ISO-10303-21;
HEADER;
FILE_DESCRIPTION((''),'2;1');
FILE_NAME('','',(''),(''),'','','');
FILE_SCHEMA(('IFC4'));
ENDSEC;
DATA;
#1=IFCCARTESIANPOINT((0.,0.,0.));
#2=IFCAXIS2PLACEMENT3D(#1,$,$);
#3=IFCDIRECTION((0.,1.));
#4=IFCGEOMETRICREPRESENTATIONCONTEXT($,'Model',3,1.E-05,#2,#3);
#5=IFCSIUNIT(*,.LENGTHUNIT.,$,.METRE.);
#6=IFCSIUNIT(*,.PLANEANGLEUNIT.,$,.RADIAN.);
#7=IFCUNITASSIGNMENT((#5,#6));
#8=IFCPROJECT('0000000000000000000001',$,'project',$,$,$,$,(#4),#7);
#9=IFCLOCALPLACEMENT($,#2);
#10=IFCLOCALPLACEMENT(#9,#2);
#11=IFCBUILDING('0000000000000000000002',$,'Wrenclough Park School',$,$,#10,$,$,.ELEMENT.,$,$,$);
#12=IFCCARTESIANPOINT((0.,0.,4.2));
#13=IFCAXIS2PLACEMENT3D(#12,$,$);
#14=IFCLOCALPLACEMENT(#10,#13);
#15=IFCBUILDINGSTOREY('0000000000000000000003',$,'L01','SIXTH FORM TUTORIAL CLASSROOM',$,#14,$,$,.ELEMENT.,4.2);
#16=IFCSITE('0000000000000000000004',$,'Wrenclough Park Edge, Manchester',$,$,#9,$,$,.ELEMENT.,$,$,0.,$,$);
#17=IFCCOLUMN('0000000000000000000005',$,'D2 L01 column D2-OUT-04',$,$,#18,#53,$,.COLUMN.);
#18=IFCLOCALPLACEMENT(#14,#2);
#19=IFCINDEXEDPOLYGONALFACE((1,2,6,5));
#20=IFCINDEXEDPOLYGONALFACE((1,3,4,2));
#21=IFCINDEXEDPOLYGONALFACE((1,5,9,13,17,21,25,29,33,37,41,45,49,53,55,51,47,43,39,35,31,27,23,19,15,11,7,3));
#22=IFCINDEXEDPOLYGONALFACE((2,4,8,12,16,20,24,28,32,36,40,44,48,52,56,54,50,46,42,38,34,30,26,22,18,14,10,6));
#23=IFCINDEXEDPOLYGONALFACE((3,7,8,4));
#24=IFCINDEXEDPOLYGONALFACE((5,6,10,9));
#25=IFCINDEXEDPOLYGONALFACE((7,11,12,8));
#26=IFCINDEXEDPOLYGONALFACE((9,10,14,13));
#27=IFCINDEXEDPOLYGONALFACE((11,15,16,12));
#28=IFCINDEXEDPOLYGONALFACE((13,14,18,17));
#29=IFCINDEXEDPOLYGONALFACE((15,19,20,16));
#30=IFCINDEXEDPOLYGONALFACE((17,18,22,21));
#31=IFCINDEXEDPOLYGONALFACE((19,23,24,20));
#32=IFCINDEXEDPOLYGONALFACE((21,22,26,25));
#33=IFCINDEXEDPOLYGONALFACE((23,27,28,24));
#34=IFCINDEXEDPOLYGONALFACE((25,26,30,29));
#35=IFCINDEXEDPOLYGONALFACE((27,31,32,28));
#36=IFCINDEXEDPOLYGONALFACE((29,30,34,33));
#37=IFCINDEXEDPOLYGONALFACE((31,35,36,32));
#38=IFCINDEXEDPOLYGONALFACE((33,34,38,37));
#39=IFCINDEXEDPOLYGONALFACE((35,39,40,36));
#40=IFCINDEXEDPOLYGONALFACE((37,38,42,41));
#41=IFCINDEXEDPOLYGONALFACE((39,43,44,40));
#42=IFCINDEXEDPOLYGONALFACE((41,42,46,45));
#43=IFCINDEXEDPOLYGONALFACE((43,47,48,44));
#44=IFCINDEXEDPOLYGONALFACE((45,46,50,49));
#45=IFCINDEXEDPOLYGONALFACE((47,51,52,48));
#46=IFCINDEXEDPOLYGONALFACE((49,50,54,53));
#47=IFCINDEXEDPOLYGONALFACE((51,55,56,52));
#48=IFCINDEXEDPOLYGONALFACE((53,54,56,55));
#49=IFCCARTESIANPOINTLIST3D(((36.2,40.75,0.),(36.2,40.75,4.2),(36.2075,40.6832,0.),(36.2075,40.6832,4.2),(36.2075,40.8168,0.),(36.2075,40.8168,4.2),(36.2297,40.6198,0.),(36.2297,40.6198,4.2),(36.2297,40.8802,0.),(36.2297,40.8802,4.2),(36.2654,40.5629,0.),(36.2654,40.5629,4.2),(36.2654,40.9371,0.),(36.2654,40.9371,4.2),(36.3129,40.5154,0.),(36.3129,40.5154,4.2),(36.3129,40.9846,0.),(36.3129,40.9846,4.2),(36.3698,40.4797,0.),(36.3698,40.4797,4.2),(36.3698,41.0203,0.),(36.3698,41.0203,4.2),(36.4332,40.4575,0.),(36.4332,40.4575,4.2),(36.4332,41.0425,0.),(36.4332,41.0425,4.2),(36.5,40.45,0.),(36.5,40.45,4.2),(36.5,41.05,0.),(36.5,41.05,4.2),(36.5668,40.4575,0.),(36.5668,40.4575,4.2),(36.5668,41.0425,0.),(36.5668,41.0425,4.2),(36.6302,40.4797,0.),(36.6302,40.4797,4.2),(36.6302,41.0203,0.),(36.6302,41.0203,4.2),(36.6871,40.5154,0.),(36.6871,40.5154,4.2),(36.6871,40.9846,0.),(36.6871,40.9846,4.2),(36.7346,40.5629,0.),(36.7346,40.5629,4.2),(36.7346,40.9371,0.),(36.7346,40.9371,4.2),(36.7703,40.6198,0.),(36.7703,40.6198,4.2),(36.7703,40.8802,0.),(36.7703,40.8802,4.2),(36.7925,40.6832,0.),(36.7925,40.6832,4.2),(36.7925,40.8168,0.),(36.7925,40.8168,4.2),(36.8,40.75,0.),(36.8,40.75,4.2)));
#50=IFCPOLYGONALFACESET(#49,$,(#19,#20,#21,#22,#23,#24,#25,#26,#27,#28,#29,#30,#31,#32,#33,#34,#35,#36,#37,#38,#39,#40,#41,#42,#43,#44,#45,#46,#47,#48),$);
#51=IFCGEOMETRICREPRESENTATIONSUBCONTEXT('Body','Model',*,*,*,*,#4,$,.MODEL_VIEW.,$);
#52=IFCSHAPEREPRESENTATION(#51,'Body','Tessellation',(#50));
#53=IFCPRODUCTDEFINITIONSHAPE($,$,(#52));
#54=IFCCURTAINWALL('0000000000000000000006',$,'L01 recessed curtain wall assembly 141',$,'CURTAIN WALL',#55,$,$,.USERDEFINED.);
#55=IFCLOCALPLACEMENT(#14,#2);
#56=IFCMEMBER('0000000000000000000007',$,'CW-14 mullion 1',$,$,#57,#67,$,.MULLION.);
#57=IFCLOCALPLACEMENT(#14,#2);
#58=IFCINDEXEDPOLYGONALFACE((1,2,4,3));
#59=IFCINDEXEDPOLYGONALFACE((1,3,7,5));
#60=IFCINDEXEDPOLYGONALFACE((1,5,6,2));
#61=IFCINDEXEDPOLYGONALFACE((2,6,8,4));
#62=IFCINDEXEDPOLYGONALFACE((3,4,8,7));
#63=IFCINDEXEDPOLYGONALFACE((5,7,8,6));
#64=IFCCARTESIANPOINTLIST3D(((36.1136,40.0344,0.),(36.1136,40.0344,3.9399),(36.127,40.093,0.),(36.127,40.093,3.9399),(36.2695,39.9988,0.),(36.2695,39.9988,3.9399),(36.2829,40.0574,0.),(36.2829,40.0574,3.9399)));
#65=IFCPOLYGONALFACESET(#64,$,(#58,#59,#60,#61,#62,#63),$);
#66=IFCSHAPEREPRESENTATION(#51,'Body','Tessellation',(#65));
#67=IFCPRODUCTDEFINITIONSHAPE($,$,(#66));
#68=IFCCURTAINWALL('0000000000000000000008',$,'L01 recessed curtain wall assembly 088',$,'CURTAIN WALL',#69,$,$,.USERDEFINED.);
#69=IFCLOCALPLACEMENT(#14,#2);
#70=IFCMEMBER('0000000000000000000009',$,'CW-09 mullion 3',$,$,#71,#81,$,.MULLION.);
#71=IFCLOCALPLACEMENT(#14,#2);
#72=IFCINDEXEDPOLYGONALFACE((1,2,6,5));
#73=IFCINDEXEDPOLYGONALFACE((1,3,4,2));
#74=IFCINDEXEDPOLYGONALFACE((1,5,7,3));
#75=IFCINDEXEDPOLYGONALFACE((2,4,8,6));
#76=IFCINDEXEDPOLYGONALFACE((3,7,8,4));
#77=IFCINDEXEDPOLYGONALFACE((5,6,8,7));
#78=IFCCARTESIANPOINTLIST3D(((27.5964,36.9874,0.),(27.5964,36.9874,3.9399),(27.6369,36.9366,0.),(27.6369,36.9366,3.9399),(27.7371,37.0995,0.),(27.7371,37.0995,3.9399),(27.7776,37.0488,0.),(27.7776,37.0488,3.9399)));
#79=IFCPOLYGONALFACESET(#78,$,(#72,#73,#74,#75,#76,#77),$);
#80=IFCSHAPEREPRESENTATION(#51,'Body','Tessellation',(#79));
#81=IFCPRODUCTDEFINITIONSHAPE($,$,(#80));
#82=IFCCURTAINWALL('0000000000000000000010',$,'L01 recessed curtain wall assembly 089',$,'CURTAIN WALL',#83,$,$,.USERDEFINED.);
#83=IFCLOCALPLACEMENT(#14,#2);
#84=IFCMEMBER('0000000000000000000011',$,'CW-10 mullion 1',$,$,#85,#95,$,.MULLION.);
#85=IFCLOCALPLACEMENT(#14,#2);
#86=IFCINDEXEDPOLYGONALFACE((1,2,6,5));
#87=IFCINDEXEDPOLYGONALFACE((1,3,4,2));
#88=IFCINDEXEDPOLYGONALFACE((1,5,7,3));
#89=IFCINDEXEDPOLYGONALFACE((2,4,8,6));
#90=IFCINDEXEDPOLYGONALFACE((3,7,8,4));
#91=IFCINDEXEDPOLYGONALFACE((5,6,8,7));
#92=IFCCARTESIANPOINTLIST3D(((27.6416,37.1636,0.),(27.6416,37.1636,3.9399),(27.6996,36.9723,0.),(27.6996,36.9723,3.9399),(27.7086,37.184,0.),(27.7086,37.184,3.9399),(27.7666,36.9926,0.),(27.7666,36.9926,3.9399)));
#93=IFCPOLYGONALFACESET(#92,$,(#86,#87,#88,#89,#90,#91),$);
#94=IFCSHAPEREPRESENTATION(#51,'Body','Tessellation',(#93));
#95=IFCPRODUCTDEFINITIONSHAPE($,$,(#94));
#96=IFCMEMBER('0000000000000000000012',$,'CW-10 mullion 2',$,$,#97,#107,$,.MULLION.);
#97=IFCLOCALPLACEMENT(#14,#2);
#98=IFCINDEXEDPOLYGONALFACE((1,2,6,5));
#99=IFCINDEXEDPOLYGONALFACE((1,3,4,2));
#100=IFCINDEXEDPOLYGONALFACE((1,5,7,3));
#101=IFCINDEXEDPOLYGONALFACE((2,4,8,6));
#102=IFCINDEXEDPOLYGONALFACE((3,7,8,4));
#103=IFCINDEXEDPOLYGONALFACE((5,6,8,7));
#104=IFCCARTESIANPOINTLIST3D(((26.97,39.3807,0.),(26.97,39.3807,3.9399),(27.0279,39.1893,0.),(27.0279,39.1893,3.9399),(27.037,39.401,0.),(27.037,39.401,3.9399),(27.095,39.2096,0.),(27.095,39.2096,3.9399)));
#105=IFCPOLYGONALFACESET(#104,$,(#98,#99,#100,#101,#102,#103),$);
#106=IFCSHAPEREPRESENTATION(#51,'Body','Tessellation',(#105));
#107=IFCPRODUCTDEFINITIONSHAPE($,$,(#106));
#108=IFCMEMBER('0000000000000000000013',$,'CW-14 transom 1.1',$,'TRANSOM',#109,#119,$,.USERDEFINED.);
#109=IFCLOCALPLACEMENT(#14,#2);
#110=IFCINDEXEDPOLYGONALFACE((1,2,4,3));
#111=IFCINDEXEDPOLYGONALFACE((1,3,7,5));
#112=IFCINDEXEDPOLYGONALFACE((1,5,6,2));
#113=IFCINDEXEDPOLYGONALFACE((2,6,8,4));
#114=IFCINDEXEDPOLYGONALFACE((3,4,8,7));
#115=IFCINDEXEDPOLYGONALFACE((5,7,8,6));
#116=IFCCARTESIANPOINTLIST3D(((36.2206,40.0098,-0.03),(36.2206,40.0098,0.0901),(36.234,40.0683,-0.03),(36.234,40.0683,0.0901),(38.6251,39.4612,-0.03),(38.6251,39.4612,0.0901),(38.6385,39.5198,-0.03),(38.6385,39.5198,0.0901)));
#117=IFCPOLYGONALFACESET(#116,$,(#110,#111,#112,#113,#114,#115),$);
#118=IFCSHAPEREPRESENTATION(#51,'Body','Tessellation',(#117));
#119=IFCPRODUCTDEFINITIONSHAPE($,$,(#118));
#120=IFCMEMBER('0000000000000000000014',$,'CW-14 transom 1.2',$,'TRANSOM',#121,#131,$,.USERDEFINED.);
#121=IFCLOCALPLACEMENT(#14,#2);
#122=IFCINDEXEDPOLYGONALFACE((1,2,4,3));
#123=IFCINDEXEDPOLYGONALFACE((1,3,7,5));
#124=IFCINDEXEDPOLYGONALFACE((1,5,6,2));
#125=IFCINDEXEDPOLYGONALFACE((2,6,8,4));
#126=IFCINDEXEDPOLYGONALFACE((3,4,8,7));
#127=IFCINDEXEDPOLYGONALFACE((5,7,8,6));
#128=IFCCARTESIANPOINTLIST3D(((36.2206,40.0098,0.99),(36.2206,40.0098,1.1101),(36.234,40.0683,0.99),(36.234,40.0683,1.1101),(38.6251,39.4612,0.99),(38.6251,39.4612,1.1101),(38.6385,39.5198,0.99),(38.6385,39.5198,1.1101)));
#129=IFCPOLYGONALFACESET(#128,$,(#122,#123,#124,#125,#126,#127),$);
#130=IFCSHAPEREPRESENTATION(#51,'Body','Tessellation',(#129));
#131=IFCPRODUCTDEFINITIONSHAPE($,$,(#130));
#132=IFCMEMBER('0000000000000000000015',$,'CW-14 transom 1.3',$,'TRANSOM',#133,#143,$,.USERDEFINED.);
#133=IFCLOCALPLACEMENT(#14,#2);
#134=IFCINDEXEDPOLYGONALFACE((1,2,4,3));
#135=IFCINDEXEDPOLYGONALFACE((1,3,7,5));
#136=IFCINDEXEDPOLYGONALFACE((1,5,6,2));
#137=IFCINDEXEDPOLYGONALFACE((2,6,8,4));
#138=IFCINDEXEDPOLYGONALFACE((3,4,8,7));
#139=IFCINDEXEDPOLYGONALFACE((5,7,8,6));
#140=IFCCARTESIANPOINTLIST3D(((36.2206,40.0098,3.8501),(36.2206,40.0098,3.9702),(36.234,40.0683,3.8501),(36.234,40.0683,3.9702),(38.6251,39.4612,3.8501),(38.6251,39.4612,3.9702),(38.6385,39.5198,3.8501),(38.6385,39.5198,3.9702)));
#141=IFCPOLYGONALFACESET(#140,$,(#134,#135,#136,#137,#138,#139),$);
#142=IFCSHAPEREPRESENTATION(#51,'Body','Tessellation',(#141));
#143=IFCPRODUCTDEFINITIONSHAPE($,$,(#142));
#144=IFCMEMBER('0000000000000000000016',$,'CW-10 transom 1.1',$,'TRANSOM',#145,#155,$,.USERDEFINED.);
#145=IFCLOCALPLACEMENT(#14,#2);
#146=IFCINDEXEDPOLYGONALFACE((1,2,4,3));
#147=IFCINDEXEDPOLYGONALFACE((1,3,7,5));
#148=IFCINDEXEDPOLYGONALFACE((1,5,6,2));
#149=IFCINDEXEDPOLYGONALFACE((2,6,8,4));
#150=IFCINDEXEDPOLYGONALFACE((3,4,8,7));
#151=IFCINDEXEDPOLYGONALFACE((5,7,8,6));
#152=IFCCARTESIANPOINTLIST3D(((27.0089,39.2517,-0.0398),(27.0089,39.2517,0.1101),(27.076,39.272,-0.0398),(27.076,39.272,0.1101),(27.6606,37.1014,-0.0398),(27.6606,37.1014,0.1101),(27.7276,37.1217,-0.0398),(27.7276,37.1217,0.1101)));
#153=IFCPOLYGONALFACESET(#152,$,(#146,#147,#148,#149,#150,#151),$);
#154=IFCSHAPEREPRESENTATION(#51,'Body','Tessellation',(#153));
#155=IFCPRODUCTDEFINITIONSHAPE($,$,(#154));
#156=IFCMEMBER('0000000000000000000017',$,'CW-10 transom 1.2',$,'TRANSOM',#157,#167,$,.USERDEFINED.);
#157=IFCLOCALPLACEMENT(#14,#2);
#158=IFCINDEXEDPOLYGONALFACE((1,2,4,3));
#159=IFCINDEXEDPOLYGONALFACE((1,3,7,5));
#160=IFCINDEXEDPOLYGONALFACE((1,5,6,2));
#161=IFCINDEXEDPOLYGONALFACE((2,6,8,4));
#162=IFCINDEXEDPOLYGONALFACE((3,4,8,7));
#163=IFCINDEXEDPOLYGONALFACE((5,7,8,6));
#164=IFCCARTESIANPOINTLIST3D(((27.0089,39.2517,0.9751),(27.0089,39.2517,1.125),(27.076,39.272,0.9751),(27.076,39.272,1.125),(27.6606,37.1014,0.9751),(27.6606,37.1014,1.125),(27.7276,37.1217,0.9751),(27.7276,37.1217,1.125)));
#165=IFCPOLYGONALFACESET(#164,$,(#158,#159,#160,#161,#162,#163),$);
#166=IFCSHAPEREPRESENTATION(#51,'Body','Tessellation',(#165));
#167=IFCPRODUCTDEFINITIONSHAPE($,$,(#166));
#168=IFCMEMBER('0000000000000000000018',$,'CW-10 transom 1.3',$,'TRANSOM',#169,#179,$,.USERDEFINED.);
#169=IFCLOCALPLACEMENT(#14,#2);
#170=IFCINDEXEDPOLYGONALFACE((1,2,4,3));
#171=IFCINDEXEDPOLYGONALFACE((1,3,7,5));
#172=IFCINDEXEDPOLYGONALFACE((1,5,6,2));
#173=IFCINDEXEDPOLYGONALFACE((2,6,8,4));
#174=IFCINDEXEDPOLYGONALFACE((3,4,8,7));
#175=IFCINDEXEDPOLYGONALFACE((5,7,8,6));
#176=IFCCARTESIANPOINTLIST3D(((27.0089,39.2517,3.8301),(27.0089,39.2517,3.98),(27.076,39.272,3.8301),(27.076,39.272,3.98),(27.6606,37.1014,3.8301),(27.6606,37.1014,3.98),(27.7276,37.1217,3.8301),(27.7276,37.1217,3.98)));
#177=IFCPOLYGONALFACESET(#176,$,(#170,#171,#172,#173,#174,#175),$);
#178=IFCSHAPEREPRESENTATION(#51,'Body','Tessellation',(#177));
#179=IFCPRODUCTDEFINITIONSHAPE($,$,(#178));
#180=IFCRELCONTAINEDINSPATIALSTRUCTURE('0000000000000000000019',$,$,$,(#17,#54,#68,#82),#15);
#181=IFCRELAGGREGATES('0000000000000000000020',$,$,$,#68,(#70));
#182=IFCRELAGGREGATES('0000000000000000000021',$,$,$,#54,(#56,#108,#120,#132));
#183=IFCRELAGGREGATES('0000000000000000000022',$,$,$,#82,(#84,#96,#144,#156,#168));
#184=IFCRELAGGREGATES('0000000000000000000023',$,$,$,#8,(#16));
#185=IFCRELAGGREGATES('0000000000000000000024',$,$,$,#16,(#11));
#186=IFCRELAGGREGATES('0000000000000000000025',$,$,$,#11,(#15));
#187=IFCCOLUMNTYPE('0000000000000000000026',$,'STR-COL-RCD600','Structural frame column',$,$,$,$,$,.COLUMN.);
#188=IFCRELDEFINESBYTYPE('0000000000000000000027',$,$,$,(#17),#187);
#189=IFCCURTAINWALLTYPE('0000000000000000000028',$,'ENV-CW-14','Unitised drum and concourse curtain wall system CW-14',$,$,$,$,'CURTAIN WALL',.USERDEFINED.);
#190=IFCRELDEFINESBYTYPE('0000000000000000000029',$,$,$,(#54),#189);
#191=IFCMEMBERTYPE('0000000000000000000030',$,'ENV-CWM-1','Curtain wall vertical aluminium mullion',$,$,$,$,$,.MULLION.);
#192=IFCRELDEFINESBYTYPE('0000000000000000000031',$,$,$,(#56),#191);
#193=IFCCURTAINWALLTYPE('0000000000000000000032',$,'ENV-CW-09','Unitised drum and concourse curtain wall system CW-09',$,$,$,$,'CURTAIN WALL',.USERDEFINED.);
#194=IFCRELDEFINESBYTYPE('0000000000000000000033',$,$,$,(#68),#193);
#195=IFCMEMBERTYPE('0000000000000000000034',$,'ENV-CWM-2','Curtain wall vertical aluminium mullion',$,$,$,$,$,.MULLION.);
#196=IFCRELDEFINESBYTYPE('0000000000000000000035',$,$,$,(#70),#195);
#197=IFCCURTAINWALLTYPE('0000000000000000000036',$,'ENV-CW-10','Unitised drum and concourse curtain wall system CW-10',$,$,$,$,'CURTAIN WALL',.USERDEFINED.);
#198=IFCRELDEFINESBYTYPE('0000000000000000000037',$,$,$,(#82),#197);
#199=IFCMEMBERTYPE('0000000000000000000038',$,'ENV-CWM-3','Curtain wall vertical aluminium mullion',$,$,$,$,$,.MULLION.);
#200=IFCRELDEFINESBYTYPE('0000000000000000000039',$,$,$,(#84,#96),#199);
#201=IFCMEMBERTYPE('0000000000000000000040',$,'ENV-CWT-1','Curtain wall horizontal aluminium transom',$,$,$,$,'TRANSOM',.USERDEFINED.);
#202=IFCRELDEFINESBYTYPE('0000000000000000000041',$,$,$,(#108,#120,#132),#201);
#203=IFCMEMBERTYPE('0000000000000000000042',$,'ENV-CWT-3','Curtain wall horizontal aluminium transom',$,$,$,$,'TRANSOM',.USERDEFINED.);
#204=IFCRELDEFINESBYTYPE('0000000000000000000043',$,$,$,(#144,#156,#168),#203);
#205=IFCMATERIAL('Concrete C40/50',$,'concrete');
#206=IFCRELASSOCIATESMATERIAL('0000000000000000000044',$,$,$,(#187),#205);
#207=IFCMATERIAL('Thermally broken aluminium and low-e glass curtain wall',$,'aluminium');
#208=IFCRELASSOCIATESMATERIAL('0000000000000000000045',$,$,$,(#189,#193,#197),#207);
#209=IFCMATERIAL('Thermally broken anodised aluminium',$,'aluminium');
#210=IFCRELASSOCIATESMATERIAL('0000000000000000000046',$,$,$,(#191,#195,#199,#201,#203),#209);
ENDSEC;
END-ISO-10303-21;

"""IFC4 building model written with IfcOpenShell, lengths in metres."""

from ifc_helpers import new_model, si_unit, direction, frame, origin, origin_2d, place, context, subcontext, project, spatial, rectangle, circle, extrude, material, material_profile, profile_set, type_object, element, aggregate, save


model = new_model("IFC4")

# Units and contexts
model_context = context("Model", 3, precision=1e-05, world=origin(), true_north=direction((0.0, 1.0)))
body_context = subcontext(model_context, "Body", "Model", "MODEL_VIEW")
ifc_project = project(units=[si_unit("LENGTHUNIT", "METRE"), si_unit("PLANEANGLEUNIT", "RADIAN")], contexts=[model_context])

# Site, building, storey
site_placement = place(None, origin())
site = spatial("IfcSite", under=ifc_project, at=site_placement, Name="Wrenclough Park Edge, Manchester", CompositionType="ELEMENT", RefElevation=0.0)
building_placement = place(site_placement, origin())
building = spatial("IfcBuilding", under=site, at=building_placement, Name="Wrenclough Park School", CompositionType="ELEMENT")
storey_placement = place(building_placement, frame((0.0, 0.0, 4.2)))
storey = spatial("IfcBuildingStorey", under=building, at=storey_placement, Name="L01", Description="SIXTH FORM TUTORIAL CLASSROOM", CompositionType="ELEMENT", Elevation=4.2)

# Column
ifc_material_1 = material(Name="Concrete C40/50", Category="concrete")
ifc_material_profile_1 = material_profile(ifc_material_1, circle(Radius=0.3, at=origin_2d()), Name="RC COL D600")
ifc_profile_set_1 = profile_set([ifc_material_profile_1], Name="Concrete C40/50")
column_type = type_object("IfcColumnType", Name="STR-COL-RCD600", Description="Structural frame column", PredefinedType="COLUMN", material=ifc_profile_set_1)
for number, where, z_axis, x_axis, name in (
    (1, (36.5, 40.75, 0.0), (0.0, 0.0, 1.0), (-1.0, 0.0, 0.0), "D2 L01 column D2-OUT-04"),
):
    element("IfcColumn", number, at=place(storey_placement, frame(where, z_axis=z_axis, x_axis=x_axis)), inside=storey, type_object=column_type, Name=name, PredefinedType="COLUMN", context=body_context, shape_type="SweptSolid", body=[
        extrude(circle(Radius=0.3, at=origin_2d()), origin(), (0.0, 0.0, 1.0), 4.2),
    ])

# Curtain walls, members
ifc_material_2 = material(Name="Thermally broken aluminium and low-e glass curtain wall", Category="aluminium")
curtain_wall_type_1 = type_object("IfcCurtainWallType", Name="ENV-CW-14", Description="Unitised drum and concourse curtain wall system CW-14", ElementType="CURTAIN WALL", PredefinedType="USERDEFINED", material=ifc_material_2)
curtain_wall_1_placement = place(storey_placement, origin())
curtain_wall_1 = element("IfcCurtainWall", 2, at=curtain_wall_1_placement, inside=storey, type_object=curtain_wall_type_1, Name="L01 recessed curtain wall assembly 141", ObjectType="CURTAIN WALL", PredefinedType="USERDEFINED")
ifc_material_3 = material(Name="Thermally broken anodised aluminium", Category="aluminium")
ifc_material_profile_2 = material_profile(ifc_material_3, rectangle(XDim=0.0601, YDim=0.1599, at=origin_2d()), Name="AL MULLION 60x160")
ifc_profile_set_2 = profile_set([ifc_material_profile_2], Name="Thermally broken anodised aluminium")
member_type_1 = type_object("IfcMemberType", Name="ENV-CWM-1", Description="Curtain wall vertical aluminium mullion", PredefinedType="MULLION", material=ifc_profile_set_2)
member_1_placement = place(storey_placement, frame((36.1982, 40.0459, 0.0), z_axis=(0.0, 0.0, 1.0), x_axis=(0.222516, 0.974929, 0.0)))
member_1 = element("IfcMember", 3, at=member_1_placement, type_object=member_type_1, Name="CW-14 mullion 1", PredefinedType="MULLION", context=body_context, shape_type="SweptSolid", body=[
    extrude(rectangle(XDim=0.0601, YDim=0.1599, at=origin_2d()), origin(), (0.0, 0.0, 1.0), 3.9399),
])
curtain_wall_type_2 = type_object("IfcCurtainWallType", Name="ENV-CW-09", Description="Unitised drum and concourse curtain wall system CW-09", ElementType="CURTAIN WALL", PredefinedType="USERDEFINED", material=ifc_material_2)
curtain_wall_2_placement = place(storey_placement, origin())
curtain_wall_2 = element("IfcCurtainWall", 4, at=curtain_wall_2_placement, inside=storey, type_object=curtain_wall_type_2, Name="L01 recessed curtain wall assembly 088", ObjectType="CURTAIN WALL", PredefinedType="USERDEFINED")
ifc_material_profile_3 = material_profile(ifc_material_3, rectangle(XDim=0.0649, YDim=0.1799, at=origin_2d()), Name="AL MULLION 65x180")
ifc_profile_set_3 = profile_set([ifc_material_profile_3], Name="Thermally broken anodised aluminium")
member_type_2 = type_object("IfcMemberType", Name="ENV-CWM-2", Description="Curtain wall vertical aluminium mullion", PredefinedType="MULLION", material=ifc_profile_set_3)
member_2_placement = place(storey_placement, frame((27.687, 37.0181, 0.0), z_axis=(0.0, 0.0, 1.0), x_axis=(-0.623468, 0.781848, 0.0)))
member_2 = element("IfcMember", 5, at=member_2_placement, type_object=member_type_2, Name="CW-09 mullion 3", PredefinedType="MULLION", context=body_context, shape_type="SweptSolid", body=[
    extrude(rectangle(XDim=0.0649, YDim=0.1799, at=origin_2d()), origin(), (0.0, 0.0, 1.0), 3.9399),
])
aggregate(curtain_wall_2, [member_2])

# Curtain wall, members
curtain_wall_type_3 = type_object("IfcCurtainWallType", Name="ENV-CW-10", Description="Unitised drum and concourse curtain wall system CW-10", ElementType="CURTAIN WALL", PredefinedType="USERDEFINED", material=ifc_material_2)
curtain_wall_3_placement = place(storey_placement, origin())
curtain_wall_3 = element("IfcCurtainWall", 6, at=curtain_wall_3_placement, inside=storey, type_object=curtain_wall_type_3, Name="L01 recessed curtain wall assembly 089", ObjectType="CURTAIN WALL", PredefinedType="USERDEFINED")
ifc_material_profile_4 = material_profile(ifc_material_3, rectangle(XDim=0.0701, YDim=0.2, at=origin_2d()), Name="AL MULLION 70x200")
ifc_profile_set_4 = profile_set([ifc_material_profile_4], Name="Thermally broken anodised aluminium")
member_type_3 = type_object("IfcMemberType", Name="ENV-CWM-3", Description="Curtain wall vertical aluminium mullion", PredefinedType="MULLION", material=ifc_profile_set_4)
member_3_placement = place(storey_placement, frame((27.7041, 37.0781, 0.0), z_axis=(0.0, 0.0, 1.0), x_axis=(-0.95703, -0.289988, 0.0)))
member_3 = element("IfcMember", 7, at=member_3_placement, type_object=member_type_3, Name="CW-10 mullion 1", PredefinedType="MULLION", context=body_context, shape_type="SweptSolid", body=[
    extrude(rectangle(XDim=0.0701, YDim=0.2, at=origin_2d()), origin(), (0.0, 0.0, 1.0), 3.9399),
])
member_4_placement = place(storey_placement, frame((27.0325, 39.2952, 0.0), z_axis=(0.0, 0.0, 1.0), x_axis=(-0.95703, -0.289988, 0.0)))
member_4 = element("IfcMember", 8, at=member_4_placement, type_object=member_type_3, Name="CW-10 mullion 2", PredefinedType="MULLION", context=body_context, shape_type="SweptSolid", body=[
    extrude(rectangle(XDim=0.0701, YDim=0.2, at=origin_2d()), origin(), (0.0, 0.0, 1.0), 3.9399),
])

# Members
ifc_material_profile_5 = material_profile(ifc_material_3, rectangle(XDim=0.0601, YDim=0.1201, at=origin_2d()), Name="AL TRANSOM 60x120")
ifc_profile_set_5 = profile_set([ifc_material_profile_5], Name="Thermally broken anodised aluminium")
member_type_4 = type_object("IfcMemberType", Name="ENV-CWT-1", Description="Curtain wall horizontal aluminium transom", ElementType="TRANSOM", PredefinedType="USERDEFINED", material=ifc_profile_set_5)
member_5_placement = place(storey_placement, frame((36.2273, 40.0391, 0.03), z_axis=(0.974949, -0.22243, 0.0), x_axis=(0.22243, 0.974949, 0.0)))
member_5 = element("IfcMember", 9, at=member_5_placement, type_object=member_type_4, Name="CW-14 transom 1.1", ObjectType="TRANSOM", PredefinedType="USERDEFINED", context=body_context, shape_type="SweptSolid", body=[
    extrude(rectangle(XDim=0.0601, YDim=0.1201, at=origin_2d()), origin(), (0.0, 0.0, 1.0), 2.4663),
])
member_6_placement = place(storey_placement, frame((36.2273, 40.0391, 1.05), z_axis=(0.974949, -0.22243, 0.0), x_axis=(0.22243, 0.974949, 0.0)))
member_6 = element("IfcMember", 10, at=member_6_placement, type_object=member_type_4, Name="CW-14 transom 1.2", ObjectType="TRANSOM", PredefinedType="USERDEFINED", context=body_context, shape_type="SweptSolid", body=[
    extrude(rectangle(XDim=0.0601, YDim=0.1201, at=origin_2d()), origin(), (0.0, 0.0, 1.0), 2.4663),
])
member_7_placement = place(storey_placement, frame((36.2273, 40.0391, 3.9102), z_axis=(0.974949, -0.22243, 0.0), x_axis=(0.22243, 0.974949, 0.0)))
member_7 = element("IfcMember", 11, at=member_7_placement, type_object=member_type_4, Name="CW-14 transom 1.3", ObjectType="TRANSOM", PredefinedType="USERDEFINED", context=body_context, shape_type="SweptSolid", body=[
    extrude(rectangle(XDim=0.0601, YDim=0.1201, at=origin_2d()), origin(), (0.0, 0.0, 1.0), 2.4663),
])
aggregate(curtain_wall_1, [member_1, member_5, member_6, member_7])
ifc_material_profile_6 = material_profile(ifc_material_3, rectangle(XDim=0.0701, YDim=0.1499, at=origin_2d()), Name="AL TRANSOM 70x150")
ifc_profile_set_6 = profile_set([ifc_material_profile_6], Name="Thermally broken anodised aluminium")
member_type_5 = type_object("IfcMemberType", Name="ENV-CWT-3", Description="Curtain wall horizontal aluminium transom", ElementType="TRANSOM", PredefinedType="USERDEFINED", material=ifc_profile_set_6)
member_8_placement = place(storey_placement, frame((27.6941, 37.1116, 0.0352), z_axis=(-0.290029, 0.957018, 0.0), x_axis=(-0.957018, -0.290029, 0.0)))
member_8 = element("IfcMember", 12, at=member_8_placement, type_object=member_type_5, Name="CW-10 transom 1.1", ObjectType="TRANSOM", PredefinedType="USERDEFINED", context=body_context, shape_type="SweptSolid", body=[
    extrude(rectangle(XDim=0.0701, YDim=0.1499, at=origin_2d()), origin(), (0.0, 0.0, 1.0), 2.2468),
])
member_9_placement = place(storey_placement, frame((27.6941, 37.1116, 1.05), z_axis=(-0.290029, 0.957018, 0.0), x_axis=(-0.957018, -0.290029, 0.0)))
member_9 = element("IfcMember", 13, at=member_9_placement, type_object=member_type_5, Name="CW-10 transom 1.2", ObjectType="TRANSOM", PredefinedType="USERDEFINED", context=body_context, shape_type="SweptSolid", body=[
    extrude(rectangle(XDim=0.0701, YDim=0.1499, at=origin_2d()), origin(), (0.0, 0.0, 1.0), 2.2468),
])
member_10_placement = place(storey_placement, frame((27.6941, 37.1116, 3.905), z_axis=(-0.290029, 0.957018, 0.0), x_axis=(-0.957018, -0.290029, 0.0)))
member_10 = element("IfcMember", 14, at=member_10_placement, type_object=member_type_5, Name="CW-10 transom 1.3", ObjectType="TRANSOM", PredefinedType="USERDEFINED", context=body_context, shape_type="SweptSolid", body=[
    extrude(rectangle(XDim=0.0701, YDim=0.1499, at=origin_2d()), origin(), (0.0, 0.0, 1.0), 2.2468),
])

aggregate(curtain_wall_3, [member_3, member_4, member_8, member_9, member_10])

save(model, "model.ifc")
